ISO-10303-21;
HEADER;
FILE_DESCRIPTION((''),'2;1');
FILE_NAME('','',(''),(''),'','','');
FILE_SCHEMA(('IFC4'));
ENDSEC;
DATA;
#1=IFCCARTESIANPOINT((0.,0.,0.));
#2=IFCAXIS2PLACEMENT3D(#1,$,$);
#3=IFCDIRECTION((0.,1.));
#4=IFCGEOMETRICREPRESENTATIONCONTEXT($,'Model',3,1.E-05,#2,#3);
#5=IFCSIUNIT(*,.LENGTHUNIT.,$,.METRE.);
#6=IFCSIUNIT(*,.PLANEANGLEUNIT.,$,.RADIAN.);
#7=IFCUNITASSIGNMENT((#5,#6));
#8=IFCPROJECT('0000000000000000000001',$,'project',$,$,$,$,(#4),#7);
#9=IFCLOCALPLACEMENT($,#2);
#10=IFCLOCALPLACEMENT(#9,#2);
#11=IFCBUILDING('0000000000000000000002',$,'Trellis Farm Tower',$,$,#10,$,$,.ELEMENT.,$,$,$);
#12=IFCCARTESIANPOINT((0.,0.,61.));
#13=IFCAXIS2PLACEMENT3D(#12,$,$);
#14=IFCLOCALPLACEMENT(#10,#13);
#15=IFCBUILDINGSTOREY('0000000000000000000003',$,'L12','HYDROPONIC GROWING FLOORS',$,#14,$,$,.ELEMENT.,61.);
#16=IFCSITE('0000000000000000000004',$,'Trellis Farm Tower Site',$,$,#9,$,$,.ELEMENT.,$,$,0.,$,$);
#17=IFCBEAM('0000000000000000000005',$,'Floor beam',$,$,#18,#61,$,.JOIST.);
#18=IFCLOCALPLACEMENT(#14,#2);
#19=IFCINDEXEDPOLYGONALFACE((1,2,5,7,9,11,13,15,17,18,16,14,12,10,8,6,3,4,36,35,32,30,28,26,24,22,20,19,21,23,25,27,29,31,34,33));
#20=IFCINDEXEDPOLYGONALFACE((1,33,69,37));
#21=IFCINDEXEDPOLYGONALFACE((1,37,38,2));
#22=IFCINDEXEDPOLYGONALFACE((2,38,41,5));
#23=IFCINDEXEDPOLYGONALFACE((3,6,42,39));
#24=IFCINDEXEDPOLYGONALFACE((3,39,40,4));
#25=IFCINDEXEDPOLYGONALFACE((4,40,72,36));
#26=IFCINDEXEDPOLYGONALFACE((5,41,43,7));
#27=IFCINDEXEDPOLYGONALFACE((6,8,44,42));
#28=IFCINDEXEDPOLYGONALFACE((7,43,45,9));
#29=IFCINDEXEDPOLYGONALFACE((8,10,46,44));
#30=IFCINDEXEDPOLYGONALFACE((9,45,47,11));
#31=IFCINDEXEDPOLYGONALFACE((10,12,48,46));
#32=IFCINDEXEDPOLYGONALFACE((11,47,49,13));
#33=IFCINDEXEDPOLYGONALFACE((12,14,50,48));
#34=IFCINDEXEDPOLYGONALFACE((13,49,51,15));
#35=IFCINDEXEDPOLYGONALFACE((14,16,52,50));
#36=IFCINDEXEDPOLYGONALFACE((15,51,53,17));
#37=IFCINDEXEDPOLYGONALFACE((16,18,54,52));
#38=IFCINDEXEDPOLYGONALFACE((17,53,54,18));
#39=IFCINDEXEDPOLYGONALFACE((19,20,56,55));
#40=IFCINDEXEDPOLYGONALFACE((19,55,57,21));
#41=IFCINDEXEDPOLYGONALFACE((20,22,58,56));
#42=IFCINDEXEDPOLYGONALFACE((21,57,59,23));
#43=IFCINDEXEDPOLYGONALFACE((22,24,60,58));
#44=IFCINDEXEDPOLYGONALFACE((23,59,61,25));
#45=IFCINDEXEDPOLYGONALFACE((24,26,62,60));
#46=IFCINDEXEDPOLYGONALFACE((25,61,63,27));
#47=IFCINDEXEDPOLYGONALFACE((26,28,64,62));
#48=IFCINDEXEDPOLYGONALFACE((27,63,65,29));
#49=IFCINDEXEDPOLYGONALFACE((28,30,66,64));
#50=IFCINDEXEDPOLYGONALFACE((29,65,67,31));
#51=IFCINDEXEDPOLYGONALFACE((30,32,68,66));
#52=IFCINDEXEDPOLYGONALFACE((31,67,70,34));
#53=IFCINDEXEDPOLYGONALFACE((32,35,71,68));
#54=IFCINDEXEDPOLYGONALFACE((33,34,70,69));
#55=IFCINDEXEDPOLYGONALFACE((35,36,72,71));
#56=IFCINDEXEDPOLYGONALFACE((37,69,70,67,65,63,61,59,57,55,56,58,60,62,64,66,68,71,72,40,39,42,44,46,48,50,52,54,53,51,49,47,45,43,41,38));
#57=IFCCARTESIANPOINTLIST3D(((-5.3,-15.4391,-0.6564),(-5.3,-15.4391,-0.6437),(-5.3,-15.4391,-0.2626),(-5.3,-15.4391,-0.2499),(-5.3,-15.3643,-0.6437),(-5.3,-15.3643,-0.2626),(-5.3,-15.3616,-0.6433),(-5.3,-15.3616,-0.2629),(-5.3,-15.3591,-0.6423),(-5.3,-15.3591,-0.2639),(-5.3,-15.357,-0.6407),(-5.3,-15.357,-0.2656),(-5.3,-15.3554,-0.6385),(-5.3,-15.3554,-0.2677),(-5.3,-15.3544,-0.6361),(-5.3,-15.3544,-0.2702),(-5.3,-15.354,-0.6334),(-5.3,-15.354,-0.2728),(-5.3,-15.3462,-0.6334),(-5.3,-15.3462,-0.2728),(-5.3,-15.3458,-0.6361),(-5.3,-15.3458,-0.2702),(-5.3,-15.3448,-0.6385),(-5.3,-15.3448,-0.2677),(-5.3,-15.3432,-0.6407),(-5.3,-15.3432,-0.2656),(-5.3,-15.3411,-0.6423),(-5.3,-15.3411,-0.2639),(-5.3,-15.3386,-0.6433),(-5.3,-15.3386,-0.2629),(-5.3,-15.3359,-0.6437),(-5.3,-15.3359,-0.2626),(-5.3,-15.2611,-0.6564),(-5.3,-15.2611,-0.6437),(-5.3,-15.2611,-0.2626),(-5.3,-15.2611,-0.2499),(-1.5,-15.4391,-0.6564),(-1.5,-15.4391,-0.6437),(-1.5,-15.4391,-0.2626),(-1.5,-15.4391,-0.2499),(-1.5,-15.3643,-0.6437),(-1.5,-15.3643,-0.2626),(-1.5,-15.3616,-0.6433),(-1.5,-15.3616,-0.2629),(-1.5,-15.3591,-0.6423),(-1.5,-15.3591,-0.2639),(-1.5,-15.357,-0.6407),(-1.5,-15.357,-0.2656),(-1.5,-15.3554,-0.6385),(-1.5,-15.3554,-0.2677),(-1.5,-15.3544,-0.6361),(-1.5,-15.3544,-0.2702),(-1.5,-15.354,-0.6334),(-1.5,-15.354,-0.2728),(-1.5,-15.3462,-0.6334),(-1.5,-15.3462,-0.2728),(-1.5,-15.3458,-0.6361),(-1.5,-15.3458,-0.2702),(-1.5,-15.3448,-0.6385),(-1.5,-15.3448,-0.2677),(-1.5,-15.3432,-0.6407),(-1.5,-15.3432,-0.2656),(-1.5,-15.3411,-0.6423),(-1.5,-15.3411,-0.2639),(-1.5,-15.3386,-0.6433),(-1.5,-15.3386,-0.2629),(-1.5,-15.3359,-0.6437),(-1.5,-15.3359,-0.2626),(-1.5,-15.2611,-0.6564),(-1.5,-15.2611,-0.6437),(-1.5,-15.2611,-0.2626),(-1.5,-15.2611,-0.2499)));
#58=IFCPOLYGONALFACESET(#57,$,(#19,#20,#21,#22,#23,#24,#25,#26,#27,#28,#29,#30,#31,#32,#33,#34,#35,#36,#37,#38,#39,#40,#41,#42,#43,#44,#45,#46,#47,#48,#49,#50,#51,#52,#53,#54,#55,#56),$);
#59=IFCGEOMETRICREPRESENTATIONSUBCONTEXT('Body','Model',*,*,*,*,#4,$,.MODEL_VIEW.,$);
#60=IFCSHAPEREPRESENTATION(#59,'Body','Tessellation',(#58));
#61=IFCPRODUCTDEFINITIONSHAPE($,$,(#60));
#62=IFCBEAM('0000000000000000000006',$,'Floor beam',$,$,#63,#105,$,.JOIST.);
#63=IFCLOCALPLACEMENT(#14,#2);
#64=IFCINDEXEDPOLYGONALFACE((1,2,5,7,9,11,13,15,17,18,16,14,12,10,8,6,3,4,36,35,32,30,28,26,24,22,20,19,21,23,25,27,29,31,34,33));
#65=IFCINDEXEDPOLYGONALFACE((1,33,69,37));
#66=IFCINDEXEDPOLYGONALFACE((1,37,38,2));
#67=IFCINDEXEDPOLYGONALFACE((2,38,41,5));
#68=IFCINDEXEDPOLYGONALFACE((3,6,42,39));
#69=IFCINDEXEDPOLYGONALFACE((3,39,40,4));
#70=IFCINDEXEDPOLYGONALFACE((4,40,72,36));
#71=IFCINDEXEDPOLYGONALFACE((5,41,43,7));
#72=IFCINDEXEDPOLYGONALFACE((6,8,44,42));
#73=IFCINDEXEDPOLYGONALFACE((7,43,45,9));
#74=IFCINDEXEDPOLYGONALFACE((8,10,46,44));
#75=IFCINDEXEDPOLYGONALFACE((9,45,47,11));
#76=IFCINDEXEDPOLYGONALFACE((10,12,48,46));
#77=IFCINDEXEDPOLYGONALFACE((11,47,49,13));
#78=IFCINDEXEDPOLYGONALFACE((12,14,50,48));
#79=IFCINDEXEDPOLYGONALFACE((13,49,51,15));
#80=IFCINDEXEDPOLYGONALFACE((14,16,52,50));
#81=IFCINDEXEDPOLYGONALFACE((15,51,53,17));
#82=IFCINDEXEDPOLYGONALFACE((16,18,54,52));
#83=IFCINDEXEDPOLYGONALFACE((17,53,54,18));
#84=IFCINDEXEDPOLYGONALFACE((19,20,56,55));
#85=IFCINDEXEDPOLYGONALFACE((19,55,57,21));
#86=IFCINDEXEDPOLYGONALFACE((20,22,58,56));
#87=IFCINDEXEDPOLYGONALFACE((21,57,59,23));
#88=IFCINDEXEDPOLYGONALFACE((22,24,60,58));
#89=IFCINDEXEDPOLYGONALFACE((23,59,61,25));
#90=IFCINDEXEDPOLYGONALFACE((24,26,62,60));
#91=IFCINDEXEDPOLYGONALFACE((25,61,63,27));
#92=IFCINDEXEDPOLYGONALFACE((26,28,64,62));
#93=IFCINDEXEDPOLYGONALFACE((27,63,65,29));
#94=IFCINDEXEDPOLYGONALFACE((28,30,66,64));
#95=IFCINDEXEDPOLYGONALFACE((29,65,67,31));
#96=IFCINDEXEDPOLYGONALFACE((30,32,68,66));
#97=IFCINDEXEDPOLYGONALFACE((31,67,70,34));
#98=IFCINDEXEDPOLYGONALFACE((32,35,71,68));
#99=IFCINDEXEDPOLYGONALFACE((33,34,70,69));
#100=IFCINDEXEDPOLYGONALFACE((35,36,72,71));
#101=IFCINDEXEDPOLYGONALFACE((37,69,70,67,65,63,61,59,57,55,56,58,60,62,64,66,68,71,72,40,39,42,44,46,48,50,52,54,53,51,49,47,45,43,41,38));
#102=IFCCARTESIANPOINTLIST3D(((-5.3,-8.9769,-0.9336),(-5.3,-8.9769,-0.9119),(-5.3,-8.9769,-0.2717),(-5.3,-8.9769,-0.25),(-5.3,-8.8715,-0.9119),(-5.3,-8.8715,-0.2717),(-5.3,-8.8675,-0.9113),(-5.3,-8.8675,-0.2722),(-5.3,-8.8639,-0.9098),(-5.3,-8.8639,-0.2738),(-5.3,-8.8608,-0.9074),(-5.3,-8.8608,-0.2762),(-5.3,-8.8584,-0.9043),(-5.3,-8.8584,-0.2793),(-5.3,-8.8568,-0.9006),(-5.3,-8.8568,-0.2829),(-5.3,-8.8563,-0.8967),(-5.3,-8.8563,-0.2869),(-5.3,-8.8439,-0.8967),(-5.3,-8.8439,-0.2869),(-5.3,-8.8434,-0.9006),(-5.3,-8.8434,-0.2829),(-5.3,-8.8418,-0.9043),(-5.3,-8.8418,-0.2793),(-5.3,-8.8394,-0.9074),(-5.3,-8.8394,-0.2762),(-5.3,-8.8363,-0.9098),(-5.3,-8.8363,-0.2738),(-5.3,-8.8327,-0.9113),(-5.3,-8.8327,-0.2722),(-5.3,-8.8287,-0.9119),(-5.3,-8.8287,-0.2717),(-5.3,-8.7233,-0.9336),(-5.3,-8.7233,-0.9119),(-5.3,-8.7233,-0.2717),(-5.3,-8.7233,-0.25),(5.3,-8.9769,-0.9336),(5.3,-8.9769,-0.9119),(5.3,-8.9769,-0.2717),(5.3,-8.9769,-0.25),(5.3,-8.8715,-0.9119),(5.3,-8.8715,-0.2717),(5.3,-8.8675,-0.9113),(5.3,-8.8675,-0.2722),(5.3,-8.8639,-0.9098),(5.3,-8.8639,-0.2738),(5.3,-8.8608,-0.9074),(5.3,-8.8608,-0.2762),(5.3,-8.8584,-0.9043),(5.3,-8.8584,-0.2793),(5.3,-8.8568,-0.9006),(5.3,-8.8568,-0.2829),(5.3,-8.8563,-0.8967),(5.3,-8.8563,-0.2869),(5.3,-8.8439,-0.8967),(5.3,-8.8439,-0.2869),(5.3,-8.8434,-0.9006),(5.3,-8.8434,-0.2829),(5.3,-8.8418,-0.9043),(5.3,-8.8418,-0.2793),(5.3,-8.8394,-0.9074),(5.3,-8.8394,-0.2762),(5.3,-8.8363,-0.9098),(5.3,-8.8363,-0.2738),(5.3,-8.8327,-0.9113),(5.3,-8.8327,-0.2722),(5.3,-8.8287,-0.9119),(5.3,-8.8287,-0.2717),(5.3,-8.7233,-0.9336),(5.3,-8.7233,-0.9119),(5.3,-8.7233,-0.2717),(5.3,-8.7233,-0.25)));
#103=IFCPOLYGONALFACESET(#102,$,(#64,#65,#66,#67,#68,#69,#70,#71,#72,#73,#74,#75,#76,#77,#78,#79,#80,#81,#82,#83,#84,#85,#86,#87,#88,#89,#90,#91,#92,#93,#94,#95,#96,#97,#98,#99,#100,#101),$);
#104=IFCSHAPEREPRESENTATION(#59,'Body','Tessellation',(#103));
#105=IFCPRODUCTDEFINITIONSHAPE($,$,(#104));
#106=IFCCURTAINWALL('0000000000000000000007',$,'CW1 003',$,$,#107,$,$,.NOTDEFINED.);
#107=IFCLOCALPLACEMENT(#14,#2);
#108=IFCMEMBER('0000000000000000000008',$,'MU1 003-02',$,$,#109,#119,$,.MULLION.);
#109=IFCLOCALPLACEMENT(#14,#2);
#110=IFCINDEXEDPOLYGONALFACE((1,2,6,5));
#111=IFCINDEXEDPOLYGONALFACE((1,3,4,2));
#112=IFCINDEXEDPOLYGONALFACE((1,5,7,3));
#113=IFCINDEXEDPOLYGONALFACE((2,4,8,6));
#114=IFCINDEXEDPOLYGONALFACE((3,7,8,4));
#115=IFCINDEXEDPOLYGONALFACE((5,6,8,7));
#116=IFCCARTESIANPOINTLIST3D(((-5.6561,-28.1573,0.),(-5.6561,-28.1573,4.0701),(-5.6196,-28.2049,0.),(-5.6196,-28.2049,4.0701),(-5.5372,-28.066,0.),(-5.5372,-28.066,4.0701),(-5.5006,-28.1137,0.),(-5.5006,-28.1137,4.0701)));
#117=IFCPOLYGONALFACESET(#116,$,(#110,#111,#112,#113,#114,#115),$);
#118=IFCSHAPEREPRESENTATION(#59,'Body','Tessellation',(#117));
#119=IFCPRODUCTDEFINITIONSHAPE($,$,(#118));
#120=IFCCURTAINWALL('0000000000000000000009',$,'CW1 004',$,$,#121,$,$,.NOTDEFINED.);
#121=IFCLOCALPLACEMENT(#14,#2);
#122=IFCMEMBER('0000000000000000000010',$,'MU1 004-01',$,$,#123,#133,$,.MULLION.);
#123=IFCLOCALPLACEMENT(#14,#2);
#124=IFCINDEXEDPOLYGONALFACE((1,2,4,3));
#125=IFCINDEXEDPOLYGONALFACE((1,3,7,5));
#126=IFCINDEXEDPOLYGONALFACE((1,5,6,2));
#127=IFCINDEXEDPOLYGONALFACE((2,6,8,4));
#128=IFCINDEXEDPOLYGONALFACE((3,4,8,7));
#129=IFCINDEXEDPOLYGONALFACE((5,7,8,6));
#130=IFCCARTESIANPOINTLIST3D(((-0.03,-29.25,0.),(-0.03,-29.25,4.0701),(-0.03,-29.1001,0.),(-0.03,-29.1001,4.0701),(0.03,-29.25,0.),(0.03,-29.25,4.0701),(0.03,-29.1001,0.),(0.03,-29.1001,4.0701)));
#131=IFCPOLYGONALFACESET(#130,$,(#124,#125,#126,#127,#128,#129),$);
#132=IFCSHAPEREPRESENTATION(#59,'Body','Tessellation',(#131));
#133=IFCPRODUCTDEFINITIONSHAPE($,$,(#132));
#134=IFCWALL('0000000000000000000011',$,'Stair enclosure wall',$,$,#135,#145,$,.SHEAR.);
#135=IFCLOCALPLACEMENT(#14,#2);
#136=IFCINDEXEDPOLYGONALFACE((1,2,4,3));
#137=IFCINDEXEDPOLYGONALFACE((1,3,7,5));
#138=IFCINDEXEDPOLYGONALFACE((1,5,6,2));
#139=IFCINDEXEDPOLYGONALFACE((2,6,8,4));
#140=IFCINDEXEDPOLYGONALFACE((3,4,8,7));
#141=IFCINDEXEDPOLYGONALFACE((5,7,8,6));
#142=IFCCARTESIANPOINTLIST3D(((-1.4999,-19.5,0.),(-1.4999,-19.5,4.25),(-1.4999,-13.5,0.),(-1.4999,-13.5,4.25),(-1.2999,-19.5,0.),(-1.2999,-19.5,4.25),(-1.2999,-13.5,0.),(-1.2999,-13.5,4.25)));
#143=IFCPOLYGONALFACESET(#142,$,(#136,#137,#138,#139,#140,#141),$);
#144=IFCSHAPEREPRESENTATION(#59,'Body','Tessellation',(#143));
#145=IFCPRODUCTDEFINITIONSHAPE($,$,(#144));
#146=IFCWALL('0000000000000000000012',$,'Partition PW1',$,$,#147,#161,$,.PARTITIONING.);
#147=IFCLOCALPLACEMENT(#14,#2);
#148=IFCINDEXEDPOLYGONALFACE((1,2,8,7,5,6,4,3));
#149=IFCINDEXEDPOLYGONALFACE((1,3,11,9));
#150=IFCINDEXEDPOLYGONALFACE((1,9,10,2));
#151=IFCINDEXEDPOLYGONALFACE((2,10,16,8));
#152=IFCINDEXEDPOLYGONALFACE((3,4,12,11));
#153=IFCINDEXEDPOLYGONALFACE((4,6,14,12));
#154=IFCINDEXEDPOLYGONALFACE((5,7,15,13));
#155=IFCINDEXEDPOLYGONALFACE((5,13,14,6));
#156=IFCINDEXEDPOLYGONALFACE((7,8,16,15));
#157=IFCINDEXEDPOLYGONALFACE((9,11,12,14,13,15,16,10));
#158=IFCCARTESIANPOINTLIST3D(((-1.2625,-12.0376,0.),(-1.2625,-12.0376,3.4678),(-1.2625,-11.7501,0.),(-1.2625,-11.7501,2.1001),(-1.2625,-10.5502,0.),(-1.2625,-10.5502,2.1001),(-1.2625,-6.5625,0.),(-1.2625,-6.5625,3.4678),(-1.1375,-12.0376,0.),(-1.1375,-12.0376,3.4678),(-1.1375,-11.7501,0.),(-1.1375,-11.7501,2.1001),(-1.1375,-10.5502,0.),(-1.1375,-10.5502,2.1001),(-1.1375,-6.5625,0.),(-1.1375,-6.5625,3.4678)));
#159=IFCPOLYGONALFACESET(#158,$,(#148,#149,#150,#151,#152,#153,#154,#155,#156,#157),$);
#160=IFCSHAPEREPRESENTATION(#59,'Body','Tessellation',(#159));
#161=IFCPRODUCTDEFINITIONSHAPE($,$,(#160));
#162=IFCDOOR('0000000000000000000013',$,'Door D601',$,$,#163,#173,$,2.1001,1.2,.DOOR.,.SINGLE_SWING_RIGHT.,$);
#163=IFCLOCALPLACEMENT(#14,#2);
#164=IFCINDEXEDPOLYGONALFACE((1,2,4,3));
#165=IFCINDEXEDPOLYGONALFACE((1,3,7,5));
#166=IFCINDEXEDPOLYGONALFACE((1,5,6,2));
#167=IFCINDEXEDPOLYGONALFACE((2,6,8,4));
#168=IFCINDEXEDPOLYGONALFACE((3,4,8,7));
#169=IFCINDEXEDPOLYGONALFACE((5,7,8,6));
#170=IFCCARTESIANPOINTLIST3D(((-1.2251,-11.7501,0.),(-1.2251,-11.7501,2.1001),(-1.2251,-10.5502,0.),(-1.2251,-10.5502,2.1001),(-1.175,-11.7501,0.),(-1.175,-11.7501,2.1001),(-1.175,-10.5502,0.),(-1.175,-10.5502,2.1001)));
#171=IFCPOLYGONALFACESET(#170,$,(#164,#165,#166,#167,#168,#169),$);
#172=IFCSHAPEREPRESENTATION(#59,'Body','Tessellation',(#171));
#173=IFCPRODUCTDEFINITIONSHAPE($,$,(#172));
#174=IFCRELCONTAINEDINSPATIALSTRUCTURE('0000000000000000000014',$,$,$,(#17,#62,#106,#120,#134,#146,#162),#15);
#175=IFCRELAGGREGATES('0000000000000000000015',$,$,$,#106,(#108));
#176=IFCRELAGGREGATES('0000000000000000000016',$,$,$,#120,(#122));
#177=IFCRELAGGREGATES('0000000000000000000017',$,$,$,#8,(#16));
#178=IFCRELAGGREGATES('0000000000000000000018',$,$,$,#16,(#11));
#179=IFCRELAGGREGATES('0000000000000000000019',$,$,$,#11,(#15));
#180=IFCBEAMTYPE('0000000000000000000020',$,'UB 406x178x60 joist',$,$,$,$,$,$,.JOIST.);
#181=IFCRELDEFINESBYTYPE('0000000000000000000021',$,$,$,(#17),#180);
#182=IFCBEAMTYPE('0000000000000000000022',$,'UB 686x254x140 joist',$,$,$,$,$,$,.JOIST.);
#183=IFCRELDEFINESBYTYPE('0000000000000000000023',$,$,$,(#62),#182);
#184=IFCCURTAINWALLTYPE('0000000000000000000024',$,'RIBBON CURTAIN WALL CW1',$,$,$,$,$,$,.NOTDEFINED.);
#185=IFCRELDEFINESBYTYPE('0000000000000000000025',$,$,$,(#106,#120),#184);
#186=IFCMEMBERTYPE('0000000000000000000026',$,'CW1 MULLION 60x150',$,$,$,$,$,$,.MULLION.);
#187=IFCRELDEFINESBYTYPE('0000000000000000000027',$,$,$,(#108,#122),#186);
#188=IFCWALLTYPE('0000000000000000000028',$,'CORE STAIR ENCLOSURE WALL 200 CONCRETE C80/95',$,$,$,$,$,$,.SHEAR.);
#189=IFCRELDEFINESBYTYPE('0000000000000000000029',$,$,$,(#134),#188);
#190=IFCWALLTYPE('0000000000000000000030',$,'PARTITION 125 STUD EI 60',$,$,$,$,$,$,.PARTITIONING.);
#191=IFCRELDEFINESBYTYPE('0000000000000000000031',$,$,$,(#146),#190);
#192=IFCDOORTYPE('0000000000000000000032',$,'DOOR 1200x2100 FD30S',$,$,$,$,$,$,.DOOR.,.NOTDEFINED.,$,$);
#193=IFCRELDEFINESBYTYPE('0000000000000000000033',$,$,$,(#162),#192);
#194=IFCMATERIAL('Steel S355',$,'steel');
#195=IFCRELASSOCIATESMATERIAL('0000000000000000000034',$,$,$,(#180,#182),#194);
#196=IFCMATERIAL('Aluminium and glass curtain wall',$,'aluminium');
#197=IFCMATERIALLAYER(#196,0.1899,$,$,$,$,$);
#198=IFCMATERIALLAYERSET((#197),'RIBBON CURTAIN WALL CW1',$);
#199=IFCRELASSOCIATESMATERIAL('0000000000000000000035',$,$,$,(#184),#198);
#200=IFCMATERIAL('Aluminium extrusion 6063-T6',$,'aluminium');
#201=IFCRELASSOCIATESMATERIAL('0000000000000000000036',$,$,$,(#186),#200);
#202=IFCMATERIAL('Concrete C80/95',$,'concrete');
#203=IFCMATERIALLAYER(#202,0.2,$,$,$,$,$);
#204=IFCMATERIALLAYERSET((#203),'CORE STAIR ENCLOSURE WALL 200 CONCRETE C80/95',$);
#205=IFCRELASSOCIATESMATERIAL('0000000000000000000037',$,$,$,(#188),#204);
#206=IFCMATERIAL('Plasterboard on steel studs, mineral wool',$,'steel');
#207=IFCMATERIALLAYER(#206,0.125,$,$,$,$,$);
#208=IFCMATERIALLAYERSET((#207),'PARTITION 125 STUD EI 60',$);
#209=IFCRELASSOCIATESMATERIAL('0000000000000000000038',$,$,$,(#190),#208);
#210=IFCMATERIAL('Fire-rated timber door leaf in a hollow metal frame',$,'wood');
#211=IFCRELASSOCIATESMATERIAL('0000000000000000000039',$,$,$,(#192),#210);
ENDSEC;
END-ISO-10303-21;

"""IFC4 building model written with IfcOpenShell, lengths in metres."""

from ifc_helpers import new_model, si_unit, direction, frame, frame_2d, origin, origin_2d, place, context, subcontext, project, spatial, rectangle, i_section, extrude, source, transform, mapped, material, layer, layer_set, material_profile, profile_set, type_object, element, fill, aggregate, save


model = new_model("IFC4")

# Units and contexts
model_context = context("Model", 3, precision=1e-05, world=origin(), true_north=direction((0.0, 1.0)))
body_context = subcontext(model_context, "Body", "Model", "MODEL_VIEW")
ifc_project = project(units=[si_unit("LENGTHUNIT", "METRE"), si_unit("PLANEANGLEUNIT", "RADIAN")], contexts=[model_context])

# Site, building, storey
site_placement = place(None, origin())
site = spatial("IfcSite", under=ifc_project, at=site_placement, Name="Trellis Farm Tower Site", CompositionType="ELEMENT", RefElevation=0.0)
building_placement = place(site_placement, origin())
building = spatial("IfcBuilding", under=site, at=building_placement, Name="Trellis Farm Tower", CompositionType="ELEMENT")
storey_placement = place(building_placement, frame((0.0, 0.0, 61.0)))
storey = spatial("IfcBuildingStorey", under=building, at=storey_placement, Name="L12", Description="HYDROPONIC GROWING FLOORS", CompositionType="ELEMENT", Elevation=61.0)

# Shared definitions
ifc_material_1 = material(Name="Concrete C80/95", Category="concrete")

# Beams
ifc_material_2 = material(Name="Steel S355", Category="steel")
ifc_material_profile_1 = material_profile(ifc_material_2, i_section(OverallWidth=0.178, OverallDepth=0.4065, WebThickness=0.0078, FlangeThickness=0.0127, FilletRadius=0.0103, at=origin_2d()), Name="UB 406x178x60")
ifc_profile_set_1 = profile_set([ifc_material_profile_1], Name="Steel S355")
beam_type_1 = type_object("IfcBeamType", Name="UB 406x178x60 joist", PredefinedType="JOIST", material=ifc_profile_set_1)
shared_shape_1 = source(origin(), body_context, "Body", "SweptSolid", [
    extrude(i_section(OverallWidth=0.178, OverallDepth=0.4065, WebThickness=0.0078, FlangeThickness=0.0127, FilletRadius=0.0103, at=origin_2d()), origin(), (0.0, 0.0, 1.0), 3.8),
])
beam_1_placement = place(storey_placement, frame((-5.3, -15.3501, -0.4531), z_axis=(1.0, 0.0, 0.0), x_axis=(0.0, 1.0, 0.0)))
element("IfcBeam", 1, at=beam_1_placement, inside=storey, type_object=beam_type_1, Name="Floor beam", PredefinedType="JOIST", context=body_context, shape_type="MappedRepresentation", body=[
    mapped(shared_shape_1, transform((0.0, 0.0, 0.0))),
])
ifc_material_profile_2 = material_profile(ifc_material_2, i_section(OverallWidth=0.2537, OverallDepth=0.6836, WebThickness=0.0125, FlangeThickness=0.0217, FilletRadius=0.0151, at=origin_2d()), Name="UB 686x254x140")
ifc_profile_set_2 = profile_set([ifc_material_profile_2], Name="Steel S355")
beam_type_2 = type_object("IfcBeamType", Name="UB 686x254x140 joist", PredefinedType="JOIST", material=ifc_profile_set_2)
shared_shape_2 = source(origin(), body_context, "Body", "SweptSolid", [
    extrude(i_section(OverallWidth=0.2537, OverallDepth=0.6836, WebThickness=0.0125, FlangeThickness=0.0217, FilletRadius=0.0151, at=origin_2d()), origin(), (0.0, 0.0, 1.0), 10.6001),
])
beam_2_placement = place(storey_placement, frame((-5.3, -8.8501, -0.5918), z_axis=(1.0, 0.0, 0.0), x_axis=(0.0, 1.0, 0.0)))
element("IfcBeam", 2, at=beam_2_placement, inside=storey, type_object=beam_type_2, Name="Floor beam", PredefinedType="JOIST", context=body_context, shape_type="MappedRepresentation", body=[
    mapped(shared_shape_2, transform((0.0, 0.0, 0.0))),
])

# Curtain walls, members
ifc_material_3 = material(Name="Aluminium and glass curtain wall", Category="aluminium")
ifc_layer_1 = layer(ifc_material_3, 0.1899)
ifc_layer_set_1 = layer_set([ifc_layer_1], Name="RIBBON CURTAIN WALL CW1")
curtain_wall_type = type_object("IfcCurtainWallType", Name="RIBBON CURTAIN WALL CW1", PredefinedType="NOTDEFINED", material=ifc_layer_set_1)
placement = place(storey_placement, origin())
curtain_wall_1 = element("IfcCurtainWall", 3, at=placement, inside=storey, type_object=curtain_wall_type, Name="CW1 003", PredefinedType="NOTDEFINED")
ifc_material_4 = material(Name="Aluminium extrusion 6063-T6", Category="aluminium")
ifc_material_profile_3 = material_profile(ifc_material_4, rectangle(XDim=0.0601, YDim=0.1499, at=origin_2d()), Name="MULLION 60x150")
ifc_profile_set_3 = profile_set([ifc_material_profile_3], Name="Aluminium extrusion 6063-T6")
member_type = type_object("IfcMemberType", Name="CW1 MULLION 60x150", PredefinedType="MULLION", material=ifc_profile_set_3)
shared_shape_3 = source(origin(), body_context, "Body", "SweptSolid", [
    extrude(rectangle(XDim=0.0601, YDim=0.1499, at=origin_2d()), origin(), (0.0, 0.0, 1.0), 4.0701),
])
member_1_placement = place(storey_placement, frame((-5.5784, -28.1355, 0.0), z_axis=(0.0, 0.0, 1.0), x_axis=(0.608761, -0.793353, 0.0)))
member_1 = element("IfcMember", 4, at=member_1_placement, type_object=member_type, Name="MU1 003-02", PredefinedType="MULLION", context=body_context, shape_type="MappedRepresentation", body=[
    mapped(shared_shape_3, transform((0.0, 0.0, 0.0))),
])
aggregate(curtain_wall_1, [member_1])
curtain_wall_2 = element("IfcCurtainWall", 5, at=placement, inside=storey, type_object=curtain_wall_type, Name="CW1 004", PredefinedType="NOTDEFINED")
member_2_placement = place(storey_placement, frame((0.0, -29.175, 0.0), z_axis=(0.0, 0.0, 1.0), x_axis=(1.0, 0.0, 0.0)))
member_2 = element("IfcMember", 6, at=member_2_placement, type_object=member_type, Name="MU1 004-01", PredefinedType="MULLION", context=body_context, shape_type="MappedRepresentation", body=[
    mapped(shared_shape_3, transform((0.0, 0.0, 0.0))),
])
aggregate(curtain_wall_2, [member_2])

# Wall
ifc_layer_2 = layer(ifc_material_1, 0.2)
ifc_layer_set_2 = layer_set([ifc_layer_2], Name="CORE STAIR ENCLOSURE WALL 200 CONCRETE C80/95")
wall_type_1 = type_object("IfcWallType", Name="CORE STAIR ENCLOSURE WALL 200 CONCRETE C80/95", PredefinedType="SHEAR", material=ifc_layer_set_2)
shared_shape_4 = source(origin(), body_context, "Body", "SweptSolid", [
    extrude(rectangle(XDim=6.0, YDim=0.2, at=frame_2d((3.0, 0.0))), origin(), (0.0, 0.0, 1.0), 4.25),
])
wall_1_placement = place(storey_placement, frame((-1.3999, -13.5, 0.0), z_axis=(0.0, 0.0, 1.0), x_axis=(0.0, -1.0, 0.0)))
element("IfcWall", 7, at=wall_1_placement, inside=storey, type_object=wall_type_1, Name="Stair enclosure wall", PredefinedType="SHEAR", context=body_context, shape_type="MappedRepresentation", body=[
    mapped(shared_shape_4, transform((0.0, 0.0, 0.0))),
])

# Wall, opening, door
ifc_material_5 = material(Name="Plasterboard on steel studs, mineral wool", Category="steel")
ifc_layer_3 = layer(ifc_material_5, 0.125)
ifc_layer_set_3 = layer_set([ifc_layer_3], Name="PARTITION 125 STUD EI 60")
wall_type_2 = type_object("IfcWallType", Name="PARTITION 125 STUD EI 60", PredefinedType="PARTITIONING", material=ifc_layer_set_3)
shared_shape_5 = source(origin(), body_context, "Body", "SweptSolid", [
    extrude(rectangle(XDim=5.4751, YDim=0.125, at=frame_2d((2.7375, 0.0))), origin(), (0.0, 0.0, 1.0), 3.4678),
])
wall_2_placement = place(storey_placement, frame((-1.2, -6.5625, 0.0), z_axis=(0.0, 0.0, 1.0), x_axis=(0.0, -1.0, 0.0)))
wall_2 = element("IfcWall", 8, at=wall_2_placement, inside=storey, type_object=wall_type_2, Name="Partition PW1", PredefinedType="PARTITIONING", context=body_context, shape_type="MappedRepresentation", body=[
    mapped(shared_shape_5, transform((0.0, 0.0, 0.0))),
])
shared_shape_6 = source(origin(), body_context, "Body", "SweptSolid", [
    extrude(rectangle(XDim=1.2, YDim=2.1001, at=frame_2d((0.6001, 1.05))), frame((0.0, 0.0725, 0.0), z_axis=(0.0, -1.0, 0.0), x_axis=(1.0, 0.0, 0.0)), (0.0, 0.0, 1.0), 0.145),
])
opening_1_placement = place(wall_2_placement, frame((3.9875, 0.0, 0.0)))
opening_1 = element("IfcOpeningElement", 9, at=opening_1_placement, cuts=wall_2, PredefinedType="OPENING", context=body_context, shape_type="MappedRepresentation", body=[
    mapped(shared_shape_6, transform((0.0, 0.0, 0.0))),
])
ifc_material_6 = material(Name="Fire-rated timber door leaf in a hollow metal frame", Category="wood")
door_type_1 = type_object("IfcDoorType", Name="DOOR 1200x2100 FD30S", OperationType="NOTDEFINED", PredefinedType="DOOR", material=ifc_material_6)
shared_shape_7 = source(origin(), body_context, "Body", "SweptSolid", [
    extrude(rectangle(XDim=1.2, YDim=2.1001, at=frame_2d((0.6001, 1.05))), frame((0.0, 0.0249, 0.0), z_axis=(0.0, -1.0, 0.0), x_axis=(1.0, 0.0, 0.0)), (0.0, 0.0, 1.0), 0.05),
])
door_1_placement = place(opening_1_placement, origin())
door_1 = element("IfcDoor", 10, at=door_1_placement, inside=storey, type_object=door_type_1, Name="Door D601", OperationType="SINGLE_SWING_RIGHT", OverallHeight=2.1001, OverallWidth=1.2, PredefinedType="DOOR", context=body_context, shape_type="MappedRepresentation", body=[
    mapped(shared_shape_7, transform((0.0, 0.0, 0.0))),
])
fill(opening_1, door_1)

save(model, "model.ifc")
